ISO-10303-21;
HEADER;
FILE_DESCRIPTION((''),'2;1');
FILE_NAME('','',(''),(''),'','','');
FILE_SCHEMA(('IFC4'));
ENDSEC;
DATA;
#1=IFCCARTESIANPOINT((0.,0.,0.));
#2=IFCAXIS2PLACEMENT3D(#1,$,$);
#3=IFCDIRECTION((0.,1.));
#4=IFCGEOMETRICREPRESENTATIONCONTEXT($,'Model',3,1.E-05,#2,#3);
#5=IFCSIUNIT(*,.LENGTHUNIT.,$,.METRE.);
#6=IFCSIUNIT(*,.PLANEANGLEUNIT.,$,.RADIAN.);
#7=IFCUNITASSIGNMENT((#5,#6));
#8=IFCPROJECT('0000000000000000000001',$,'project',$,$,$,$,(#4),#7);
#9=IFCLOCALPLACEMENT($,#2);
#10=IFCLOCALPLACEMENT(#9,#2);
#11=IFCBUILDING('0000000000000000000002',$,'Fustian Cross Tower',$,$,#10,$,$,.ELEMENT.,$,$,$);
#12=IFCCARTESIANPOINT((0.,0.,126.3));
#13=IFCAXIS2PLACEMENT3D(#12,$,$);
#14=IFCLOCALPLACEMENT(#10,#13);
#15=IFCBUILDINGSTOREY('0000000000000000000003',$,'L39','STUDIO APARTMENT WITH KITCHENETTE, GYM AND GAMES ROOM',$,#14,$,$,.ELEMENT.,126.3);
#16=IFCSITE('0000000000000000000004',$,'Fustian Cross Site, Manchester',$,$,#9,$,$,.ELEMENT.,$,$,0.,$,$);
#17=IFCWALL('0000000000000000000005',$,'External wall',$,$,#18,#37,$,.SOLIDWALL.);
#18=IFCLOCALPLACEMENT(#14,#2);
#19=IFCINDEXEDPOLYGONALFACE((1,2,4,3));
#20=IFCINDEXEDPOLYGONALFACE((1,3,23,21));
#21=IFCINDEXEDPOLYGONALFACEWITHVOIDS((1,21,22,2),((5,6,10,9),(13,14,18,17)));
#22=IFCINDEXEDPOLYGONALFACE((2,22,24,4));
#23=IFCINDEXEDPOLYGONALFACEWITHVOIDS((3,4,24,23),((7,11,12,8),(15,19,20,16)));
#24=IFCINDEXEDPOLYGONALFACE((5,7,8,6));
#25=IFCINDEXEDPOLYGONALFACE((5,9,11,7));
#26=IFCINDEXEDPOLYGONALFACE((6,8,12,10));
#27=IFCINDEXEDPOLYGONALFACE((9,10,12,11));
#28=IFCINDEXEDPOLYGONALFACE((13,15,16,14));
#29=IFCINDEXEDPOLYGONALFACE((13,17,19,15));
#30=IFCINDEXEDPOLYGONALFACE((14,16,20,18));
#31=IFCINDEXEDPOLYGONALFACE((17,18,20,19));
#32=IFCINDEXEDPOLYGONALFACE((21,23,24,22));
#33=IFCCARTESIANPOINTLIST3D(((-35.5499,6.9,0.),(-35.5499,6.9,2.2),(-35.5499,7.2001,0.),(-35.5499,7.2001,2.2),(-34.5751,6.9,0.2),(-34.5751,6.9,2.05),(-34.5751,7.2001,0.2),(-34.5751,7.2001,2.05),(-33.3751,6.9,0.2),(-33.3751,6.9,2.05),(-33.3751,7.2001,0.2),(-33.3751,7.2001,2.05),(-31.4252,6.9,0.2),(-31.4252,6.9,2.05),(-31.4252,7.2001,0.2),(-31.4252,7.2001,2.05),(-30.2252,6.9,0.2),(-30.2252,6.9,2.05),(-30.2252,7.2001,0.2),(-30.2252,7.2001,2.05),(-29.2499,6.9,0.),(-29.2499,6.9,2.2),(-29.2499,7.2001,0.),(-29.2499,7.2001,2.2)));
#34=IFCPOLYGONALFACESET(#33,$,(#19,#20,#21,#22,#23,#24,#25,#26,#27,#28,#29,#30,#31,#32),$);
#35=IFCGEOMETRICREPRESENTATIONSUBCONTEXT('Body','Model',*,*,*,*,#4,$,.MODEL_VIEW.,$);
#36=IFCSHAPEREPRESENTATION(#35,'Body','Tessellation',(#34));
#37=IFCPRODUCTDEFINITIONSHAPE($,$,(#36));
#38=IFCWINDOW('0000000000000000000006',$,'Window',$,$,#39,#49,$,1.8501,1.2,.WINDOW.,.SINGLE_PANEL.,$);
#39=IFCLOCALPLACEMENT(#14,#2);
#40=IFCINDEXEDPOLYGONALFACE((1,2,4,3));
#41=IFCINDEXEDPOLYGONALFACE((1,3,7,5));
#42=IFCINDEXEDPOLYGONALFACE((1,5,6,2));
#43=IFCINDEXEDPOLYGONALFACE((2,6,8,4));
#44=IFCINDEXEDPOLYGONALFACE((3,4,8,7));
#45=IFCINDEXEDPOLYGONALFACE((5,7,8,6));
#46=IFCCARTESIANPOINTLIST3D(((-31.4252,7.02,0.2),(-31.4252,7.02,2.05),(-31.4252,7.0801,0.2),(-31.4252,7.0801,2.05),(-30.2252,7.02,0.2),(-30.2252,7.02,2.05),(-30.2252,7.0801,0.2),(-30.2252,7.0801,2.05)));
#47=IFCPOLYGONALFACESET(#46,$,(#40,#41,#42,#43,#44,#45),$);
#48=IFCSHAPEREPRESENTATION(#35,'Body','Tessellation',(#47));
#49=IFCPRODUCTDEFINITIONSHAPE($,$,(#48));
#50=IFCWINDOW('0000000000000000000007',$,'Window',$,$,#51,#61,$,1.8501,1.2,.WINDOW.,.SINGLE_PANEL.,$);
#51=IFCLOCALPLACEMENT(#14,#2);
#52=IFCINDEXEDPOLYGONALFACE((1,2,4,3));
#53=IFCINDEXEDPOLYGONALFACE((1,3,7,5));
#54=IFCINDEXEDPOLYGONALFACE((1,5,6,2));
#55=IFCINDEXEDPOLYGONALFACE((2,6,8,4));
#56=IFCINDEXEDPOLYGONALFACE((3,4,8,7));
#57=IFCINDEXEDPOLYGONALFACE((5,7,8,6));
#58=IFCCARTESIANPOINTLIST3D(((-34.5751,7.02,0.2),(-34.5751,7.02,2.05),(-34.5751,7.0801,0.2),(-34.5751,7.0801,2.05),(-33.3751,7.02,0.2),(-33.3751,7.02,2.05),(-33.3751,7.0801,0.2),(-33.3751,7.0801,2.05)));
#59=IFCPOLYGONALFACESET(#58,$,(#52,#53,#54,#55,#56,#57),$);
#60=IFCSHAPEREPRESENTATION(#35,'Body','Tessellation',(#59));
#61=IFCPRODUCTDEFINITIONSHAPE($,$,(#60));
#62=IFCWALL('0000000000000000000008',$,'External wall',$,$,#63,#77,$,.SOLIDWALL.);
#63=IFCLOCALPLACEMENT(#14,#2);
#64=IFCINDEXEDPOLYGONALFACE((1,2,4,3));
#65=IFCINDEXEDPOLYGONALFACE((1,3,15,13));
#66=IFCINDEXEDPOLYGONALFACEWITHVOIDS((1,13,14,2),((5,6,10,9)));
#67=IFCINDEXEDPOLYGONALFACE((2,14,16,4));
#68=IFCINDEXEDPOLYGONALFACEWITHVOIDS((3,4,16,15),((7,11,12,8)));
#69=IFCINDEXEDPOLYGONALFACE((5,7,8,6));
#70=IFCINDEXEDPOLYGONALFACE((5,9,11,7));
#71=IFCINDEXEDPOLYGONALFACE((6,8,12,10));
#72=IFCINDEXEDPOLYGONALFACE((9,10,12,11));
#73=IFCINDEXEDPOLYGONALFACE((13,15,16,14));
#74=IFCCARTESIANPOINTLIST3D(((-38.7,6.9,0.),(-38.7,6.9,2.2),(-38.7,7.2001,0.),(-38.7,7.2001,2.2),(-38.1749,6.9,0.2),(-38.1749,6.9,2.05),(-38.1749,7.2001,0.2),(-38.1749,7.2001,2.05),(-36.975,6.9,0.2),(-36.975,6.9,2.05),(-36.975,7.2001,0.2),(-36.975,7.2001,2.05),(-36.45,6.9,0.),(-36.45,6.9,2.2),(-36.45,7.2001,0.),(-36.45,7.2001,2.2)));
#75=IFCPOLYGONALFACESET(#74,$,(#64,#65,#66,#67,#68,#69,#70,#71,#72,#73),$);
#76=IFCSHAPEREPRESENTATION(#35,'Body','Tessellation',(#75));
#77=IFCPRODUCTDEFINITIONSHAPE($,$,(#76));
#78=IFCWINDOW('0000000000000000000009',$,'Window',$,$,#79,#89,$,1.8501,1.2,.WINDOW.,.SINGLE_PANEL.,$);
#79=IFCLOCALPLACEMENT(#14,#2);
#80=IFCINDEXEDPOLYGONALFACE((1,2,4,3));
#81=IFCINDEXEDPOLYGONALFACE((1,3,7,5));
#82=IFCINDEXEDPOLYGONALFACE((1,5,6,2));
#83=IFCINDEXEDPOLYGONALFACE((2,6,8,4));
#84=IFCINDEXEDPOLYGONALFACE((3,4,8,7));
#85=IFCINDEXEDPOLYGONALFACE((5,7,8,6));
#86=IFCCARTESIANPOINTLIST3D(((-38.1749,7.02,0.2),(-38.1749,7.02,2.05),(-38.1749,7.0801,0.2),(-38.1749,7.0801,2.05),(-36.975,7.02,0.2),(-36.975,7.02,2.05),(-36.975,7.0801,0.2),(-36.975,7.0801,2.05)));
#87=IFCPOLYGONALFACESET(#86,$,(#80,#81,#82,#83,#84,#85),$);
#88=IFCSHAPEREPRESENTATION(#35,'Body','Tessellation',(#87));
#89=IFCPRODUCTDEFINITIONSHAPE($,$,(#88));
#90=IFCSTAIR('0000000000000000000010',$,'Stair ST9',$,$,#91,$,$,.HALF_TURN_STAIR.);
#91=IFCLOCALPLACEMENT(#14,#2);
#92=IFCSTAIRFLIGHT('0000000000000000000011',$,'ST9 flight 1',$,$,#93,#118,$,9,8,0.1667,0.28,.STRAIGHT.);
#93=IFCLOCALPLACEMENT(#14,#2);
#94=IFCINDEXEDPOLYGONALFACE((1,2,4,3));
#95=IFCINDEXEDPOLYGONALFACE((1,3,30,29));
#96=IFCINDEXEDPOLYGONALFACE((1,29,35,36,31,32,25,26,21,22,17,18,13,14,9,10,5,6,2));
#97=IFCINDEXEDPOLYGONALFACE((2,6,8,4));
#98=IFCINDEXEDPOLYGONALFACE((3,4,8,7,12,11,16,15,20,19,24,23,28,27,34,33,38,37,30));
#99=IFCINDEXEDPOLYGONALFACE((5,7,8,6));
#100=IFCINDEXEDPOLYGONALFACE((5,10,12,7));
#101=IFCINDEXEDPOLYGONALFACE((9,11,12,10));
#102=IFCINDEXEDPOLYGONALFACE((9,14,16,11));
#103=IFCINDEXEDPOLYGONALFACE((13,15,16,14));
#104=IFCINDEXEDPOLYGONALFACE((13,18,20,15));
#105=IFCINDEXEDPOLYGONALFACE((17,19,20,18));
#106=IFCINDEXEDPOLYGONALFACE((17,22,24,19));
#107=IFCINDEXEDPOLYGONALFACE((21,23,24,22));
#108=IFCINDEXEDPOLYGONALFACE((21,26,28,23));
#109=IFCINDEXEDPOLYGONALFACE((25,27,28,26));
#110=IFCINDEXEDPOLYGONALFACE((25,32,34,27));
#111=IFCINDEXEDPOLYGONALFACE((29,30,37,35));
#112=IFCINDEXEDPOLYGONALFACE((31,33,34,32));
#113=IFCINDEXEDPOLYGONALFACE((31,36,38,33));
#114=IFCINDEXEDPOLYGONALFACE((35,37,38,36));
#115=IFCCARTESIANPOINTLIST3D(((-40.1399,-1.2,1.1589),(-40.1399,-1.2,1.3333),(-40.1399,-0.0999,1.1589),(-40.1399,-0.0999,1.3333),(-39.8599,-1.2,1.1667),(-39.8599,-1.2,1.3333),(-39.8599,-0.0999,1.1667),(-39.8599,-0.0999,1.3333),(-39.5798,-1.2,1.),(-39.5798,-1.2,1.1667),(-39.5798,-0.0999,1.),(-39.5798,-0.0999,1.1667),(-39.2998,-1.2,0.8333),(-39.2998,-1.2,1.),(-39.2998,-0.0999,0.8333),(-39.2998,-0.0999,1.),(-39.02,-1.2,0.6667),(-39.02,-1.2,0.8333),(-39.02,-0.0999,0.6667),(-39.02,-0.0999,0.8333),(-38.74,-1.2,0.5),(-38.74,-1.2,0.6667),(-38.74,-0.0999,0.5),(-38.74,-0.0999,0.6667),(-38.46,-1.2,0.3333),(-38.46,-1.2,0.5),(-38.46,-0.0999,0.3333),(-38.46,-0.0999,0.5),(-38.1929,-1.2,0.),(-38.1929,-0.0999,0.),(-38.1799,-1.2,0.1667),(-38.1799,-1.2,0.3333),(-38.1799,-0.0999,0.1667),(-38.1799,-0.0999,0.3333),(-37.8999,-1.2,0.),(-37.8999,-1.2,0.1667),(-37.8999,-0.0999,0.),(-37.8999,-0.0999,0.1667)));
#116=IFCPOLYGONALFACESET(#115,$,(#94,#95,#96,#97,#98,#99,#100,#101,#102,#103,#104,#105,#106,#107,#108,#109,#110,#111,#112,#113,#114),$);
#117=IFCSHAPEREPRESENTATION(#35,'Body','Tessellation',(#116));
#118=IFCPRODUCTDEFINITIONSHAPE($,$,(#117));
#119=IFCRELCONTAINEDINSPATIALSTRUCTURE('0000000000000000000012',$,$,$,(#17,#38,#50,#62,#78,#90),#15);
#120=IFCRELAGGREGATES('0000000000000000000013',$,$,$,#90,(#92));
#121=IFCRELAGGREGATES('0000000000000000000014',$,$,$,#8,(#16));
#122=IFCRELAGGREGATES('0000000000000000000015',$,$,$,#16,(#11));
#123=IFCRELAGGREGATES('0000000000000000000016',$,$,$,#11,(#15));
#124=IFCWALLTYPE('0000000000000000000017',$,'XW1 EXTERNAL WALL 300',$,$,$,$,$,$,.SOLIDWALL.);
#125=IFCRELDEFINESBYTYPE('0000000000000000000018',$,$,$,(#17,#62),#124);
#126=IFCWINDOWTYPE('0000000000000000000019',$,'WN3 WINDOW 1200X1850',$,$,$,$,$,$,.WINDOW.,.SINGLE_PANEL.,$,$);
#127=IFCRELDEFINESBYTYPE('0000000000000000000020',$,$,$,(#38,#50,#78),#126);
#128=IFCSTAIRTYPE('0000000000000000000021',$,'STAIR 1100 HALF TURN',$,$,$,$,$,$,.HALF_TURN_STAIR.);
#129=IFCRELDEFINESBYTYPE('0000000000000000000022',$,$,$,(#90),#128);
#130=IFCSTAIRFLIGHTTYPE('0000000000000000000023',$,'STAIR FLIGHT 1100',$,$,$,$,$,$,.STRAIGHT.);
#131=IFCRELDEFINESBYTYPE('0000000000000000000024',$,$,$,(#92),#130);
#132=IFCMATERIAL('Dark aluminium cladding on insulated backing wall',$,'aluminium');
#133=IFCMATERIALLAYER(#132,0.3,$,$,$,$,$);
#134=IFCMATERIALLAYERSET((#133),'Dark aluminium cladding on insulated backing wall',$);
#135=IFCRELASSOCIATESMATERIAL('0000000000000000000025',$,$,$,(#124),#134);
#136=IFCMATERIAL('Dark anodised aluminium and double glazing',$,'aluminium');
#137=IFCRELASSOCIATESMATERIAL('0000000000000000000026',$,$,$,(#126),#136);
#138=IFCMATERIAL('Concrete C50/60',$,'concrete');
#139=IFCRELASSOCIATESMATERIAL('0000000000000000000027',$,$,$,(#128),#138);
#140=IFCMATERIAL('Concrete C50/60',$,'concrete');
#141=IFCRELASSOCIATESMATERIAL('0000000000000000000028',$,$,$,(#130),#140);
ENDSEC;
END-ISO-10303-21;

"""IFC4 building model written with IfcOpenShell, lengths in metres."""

from ifc_helpers import new_model, si_unit, direction, frame, frame_2d, origin, place, context, subcontext, project, spatial, polyline, rectangle, outline, extrude, material, layer, layer_set, type_object, element, fill, aggregate, save


model = new_model("IFC4")

# Units and contexts
model_context = context("Model", 3, precision=1e-05, world=origin(), true_north=direction((0.0, 1.0)))
body_context = subcontext(model_context, "Body", "Model", "MODEL_VIEW")
ifc_project = project(units=[si_unit("LENGTHUNIT", "METRE"), si_unit("PLANEANGLEUNIT", "RADIAN")], contexts=[model_context])

# Site, building, storey
site_placement = place(None, origin())
site = spatial("IfcSite", under=ifc_project, at=site_placement, Name="Fustian Cross Site, Manchester", CompositionType="ELEMENT", RefElevation=0.0)
building_placement = place(site_placement, origin())
building = spatial("IfcBuilding", under=site, at=building_placement, Name="Fustian Cross Tower", CompositionType="ELEMENT")
storey_placement = place(building_placement, frame((0.0, 0.0, 126.3)))
storey = spatial("IfcBuildingStorey", under=building, at=storey_placement, Name="L39", Description="STUDIO APARTMENT WITH KITCHENETTE, GYM AND GAMES ROOM", CompositionType="ELEMENT", Elevation=126.3)

# Wall, openings, windows
ifc_material_1 = material(Name="Dark aluminium cladding on insulated backing wall", Category="aluminium")
ifc_layer_1 = layer(ifc_material_1, 0.3)
ifc_layer_set_1 = layer_set([ifc_layer_1], Name="Dark aluminium cladding on insulated backing wall")
wall_type_1 = type_object("IfcWallType", Name="XW1 EXTERNAL WALL 300", PredefinedType="SOLIDWALL", material=ifc_layer_set_1)
wall_1_placement = place(storey_placement, frame((-29.25, 7.05, 0.0), z_axis=(0.0, 0.0, 1.0), x_axis=(-1.0, 0.0, 0.0)))
wall_1 = element("IfcWall", 1, at=wall_1_placement, inside=storey, type_object=wall_type_1, Name="External wall", PredefinedType="SOLIDWALL", context=body_context, shape_type="SweptSolid", body=[
    extrude(rectangle(XDim=6.3, YDim=0.3, at=frame_2d((3.1499, 0.0))), origin(), (0.0, 0.0, 1.0), 2.2),
])
opening_1_placement = place(wall_1_placement, frame((0.9751, 0.0, 0.2)))
opening_1 = element("IfcOpeningElement", 2, at=opening_1_placement, cuts=wall_1, PredefinedType="OPENING", context=body_context, shape_type="SweptSolid", body=[
    extrude(rectangle(XDim=1.2, YDim=1.8501, at=frame_2d((0.6001, 0.925))), frame((0.0, 0.1599, 0.0), z_axis=(0.0, -1.0, 0.0), x_axis=(1.0, 0.0, 0.0)), (0.0, 0.0, 1.0), 0.3201),
])
opening_2_placement = place(wall_1_placement, frame((4.125, 0.0, 0.2)))
opening_2 = element("IfcOpeningElement", 3, at=opening_2_placement, cuts=wall_1, PredefinedType="OPENING", context=body_context, shape_type="SweptSolid", body=[
    extrude(rectangle(XDim=1.2, YDim=1.8501, at=frame_2d((0.6001, 0.925))), frame((0.0, 0.1599, 0.0), z_axis=(0.0, -1.0, 0.0), x_axis=(1.0, 0.0, 0.0)), (0.0, 0.0, 1.0), 0.3201),
])
ifc_material_2 = material(Name="Dark anodised aluminium and double glazing", Category="aluminium")
window_type = type_object("IfcWindowType", Name="WN3 WINDOW 1200X1850", PartitioningType="SINGLE_PANEL", PredefinedType="WINDOW", material=ifc_material_2)
window_1_placement = place(opening_1_placement, origin())
window_1 = element("IfcWindow", 4, at=window_1_placement, inside=storey, type_object=window_type, Name="Window", OverallHeight=1.8501, OverallWidth=1.2, PartitioningType="SINGLE_PANEL", PredefinedType="WINDOW", context=body_context, shape_type="SweptSolid", body=[
    extrude(rectangle(XDim=1.2, YDim=1.8501, at=frame_2d((0.6001, 0.925))), frame((0.0, 0.03, 0.0), z_axis=(0.0, -1.0, 0.0), x_axis=(1.0, 0.0, 0.0)), (0.0, 0.0, 1.0), 0.0601),
])
fill(opening_1, window_1)
window_2_placement = place(opening_2_placement, origin())
window_2 = element("IfcWindow", 5, at=window_2_placement, inside=storey, type_object=window_type, Name="Window", OverallHeight=1.8501, OverallWidth=1.2, PartitioningType="SINGLE_PANEL", PredefinedType="WINDOW", context=body_context, shape_type="SweptSolid", body=[
    extrude(rectangle(XDim=1.2, YDim=1.8501, at=frame_2d((0.6001, 0.925))), frame((0.0, 0.03, 0.0), z_axis=(0.0, -1.0, 0.0), x_axis=(1.0, 0.0, 0.0)), (0.0, 0.0, 1.0), 0.0601),
])
fill(opening_2, window_2)

# Wall, opening, window
wall_2_placement = place(storey_placement, frame((-36.45, 7.05, 0.0), z_axis=(0.0, 0.0, 1.0), x_axis=(-1.0, 0.0, 0.0)))
wall_2 = element("IfcWall", 6, at=wall_2_placement, inside=storey, type_object=wall_type_1, Name="External wall", PredefinedType="SOLIDWALL", context=body_context, shape_type="SweptSolid", body=[
    extrude(rectangle(XDim=2.25, YDim=0.3, at=frame_2d((1.125, 0.0))), origin(), (0.0, 0.0, 1.0), 2.2),
])
opening_3_placement = place(wall_2_placement, frame((0.5249, 0.0, 0.2)))
opening_3 = element("IfcOpeningElement", 7, at=opening_3_placement, cuts=wall_2, PredefinedType="OPENING", context=body_context, shape_type="SweptSolid", body=[
    extrude(rectangle(XDim=1.2, YDim=1.8501, at=frame_2d((0.6001, 0.925))), frame((0.0, 0.1599, 0.0), z_axis=(0.0, -1.0, 0.0), x_axis=(1.0, 0.0, 0.0)), (0.0, 0.0, 1.0), 0.3201),
])
window_3_placement = place(opening_3_placement, origin())
window_3 = element("IfcWindow", 8, at=window_3_placement, inside=storey, type_object=window_type, Name="Window", OverallHeight=1.8501, OverallWidth=1.2, PartitioningType="SINGLE_PANEL", PredefinedType="WINDOW", context=body_context, shape_type="SweptSolid", body=[
    extrude(rectangle(XDim=1.2, YDim=1.8501, at=frame_2d((0.6001, 0.925))), frame((0.0, 0.03, 0.0), z_axis=(0.0, -1.0, 0.0), x_axis=(1.0, 0.0, 0.0)), (0.0, 0.0, 1.0), 0.0601),
])
fill(opening_3, window_3)

# Stair, stair flight
ifc_material_3 = material(Name="Concrete C50/60", Category="concrete")
stair_type = type_object("IfcStairType", Name="STAIR 1100 HALF TURN", PredefinedType="HALF_TURN_STAIR", material=ifc_material_3)
stair_placement = place(storey_placement, origin())
stair = element("IfcStair", 9, at=stair_placement, inside=storey, type_object=stair_type, Name="Stair ST9", PredefinedType="HALF_TURN_STAIR")
ifc_material_4 = material(Name="Concrete C50/60", Category="concrete")
stair_flight_type = type_object("IfcStairFlightType", Name="STAIR FLIGHT 1100", PredefinedType="STRAIGHT", material=ifc_material_4)
stair_flight_placement = place(storey_placement, frame((-37.8999, -0.6499, 0.0), z_axis=(0.0, 0.0, 1.0), x_axis=(-1.0, 0.0, 0.0)))
stair_flight = element("IfcStairFlight", 10, at=stair_flight_placement, type_object=stair_flight_type, Name="ST9 flight 1", NumberOfRisers=9, NumberOfTreads=8, PredefinedType="STRAIGHT", RiserHeight=0.1667, TreadLength=0.28, context=body_context, shape_type="SweptSolid", body=[
    extrude(outline(polyline([(0.0, 0.0), (0.0, 0.1667), (0.28, 0.1667), (0.28, 0.3333), (0.5601, 0.3333), (0.5601, 0.5), (0.8401, 0.5), (0.8401, 0.6667), (1.1201, 0.6667), (1.1201, 0.8333), (1.3999, 0.8333), (1.3999, 1.0), (1.6799, 1.0), (1.6799, 1.1667), (1.96, 1.1667), (1.96, 1.3333), (2.24, 1.3333), (2.24, 1.5), (2.24, 1.1589), (0.293, 0.0), (0.0, 0.0)])), frame((0.0, 0.55, 0.0), z_axis=(0.0, -1.0, 0.0), x_axis=(1.0, 0.0, 0.0)), (0.0, 0.0, 1.0), 1.1001),
])
aggregate(stair, [stair_flight])

save(model, "model.ifc")
